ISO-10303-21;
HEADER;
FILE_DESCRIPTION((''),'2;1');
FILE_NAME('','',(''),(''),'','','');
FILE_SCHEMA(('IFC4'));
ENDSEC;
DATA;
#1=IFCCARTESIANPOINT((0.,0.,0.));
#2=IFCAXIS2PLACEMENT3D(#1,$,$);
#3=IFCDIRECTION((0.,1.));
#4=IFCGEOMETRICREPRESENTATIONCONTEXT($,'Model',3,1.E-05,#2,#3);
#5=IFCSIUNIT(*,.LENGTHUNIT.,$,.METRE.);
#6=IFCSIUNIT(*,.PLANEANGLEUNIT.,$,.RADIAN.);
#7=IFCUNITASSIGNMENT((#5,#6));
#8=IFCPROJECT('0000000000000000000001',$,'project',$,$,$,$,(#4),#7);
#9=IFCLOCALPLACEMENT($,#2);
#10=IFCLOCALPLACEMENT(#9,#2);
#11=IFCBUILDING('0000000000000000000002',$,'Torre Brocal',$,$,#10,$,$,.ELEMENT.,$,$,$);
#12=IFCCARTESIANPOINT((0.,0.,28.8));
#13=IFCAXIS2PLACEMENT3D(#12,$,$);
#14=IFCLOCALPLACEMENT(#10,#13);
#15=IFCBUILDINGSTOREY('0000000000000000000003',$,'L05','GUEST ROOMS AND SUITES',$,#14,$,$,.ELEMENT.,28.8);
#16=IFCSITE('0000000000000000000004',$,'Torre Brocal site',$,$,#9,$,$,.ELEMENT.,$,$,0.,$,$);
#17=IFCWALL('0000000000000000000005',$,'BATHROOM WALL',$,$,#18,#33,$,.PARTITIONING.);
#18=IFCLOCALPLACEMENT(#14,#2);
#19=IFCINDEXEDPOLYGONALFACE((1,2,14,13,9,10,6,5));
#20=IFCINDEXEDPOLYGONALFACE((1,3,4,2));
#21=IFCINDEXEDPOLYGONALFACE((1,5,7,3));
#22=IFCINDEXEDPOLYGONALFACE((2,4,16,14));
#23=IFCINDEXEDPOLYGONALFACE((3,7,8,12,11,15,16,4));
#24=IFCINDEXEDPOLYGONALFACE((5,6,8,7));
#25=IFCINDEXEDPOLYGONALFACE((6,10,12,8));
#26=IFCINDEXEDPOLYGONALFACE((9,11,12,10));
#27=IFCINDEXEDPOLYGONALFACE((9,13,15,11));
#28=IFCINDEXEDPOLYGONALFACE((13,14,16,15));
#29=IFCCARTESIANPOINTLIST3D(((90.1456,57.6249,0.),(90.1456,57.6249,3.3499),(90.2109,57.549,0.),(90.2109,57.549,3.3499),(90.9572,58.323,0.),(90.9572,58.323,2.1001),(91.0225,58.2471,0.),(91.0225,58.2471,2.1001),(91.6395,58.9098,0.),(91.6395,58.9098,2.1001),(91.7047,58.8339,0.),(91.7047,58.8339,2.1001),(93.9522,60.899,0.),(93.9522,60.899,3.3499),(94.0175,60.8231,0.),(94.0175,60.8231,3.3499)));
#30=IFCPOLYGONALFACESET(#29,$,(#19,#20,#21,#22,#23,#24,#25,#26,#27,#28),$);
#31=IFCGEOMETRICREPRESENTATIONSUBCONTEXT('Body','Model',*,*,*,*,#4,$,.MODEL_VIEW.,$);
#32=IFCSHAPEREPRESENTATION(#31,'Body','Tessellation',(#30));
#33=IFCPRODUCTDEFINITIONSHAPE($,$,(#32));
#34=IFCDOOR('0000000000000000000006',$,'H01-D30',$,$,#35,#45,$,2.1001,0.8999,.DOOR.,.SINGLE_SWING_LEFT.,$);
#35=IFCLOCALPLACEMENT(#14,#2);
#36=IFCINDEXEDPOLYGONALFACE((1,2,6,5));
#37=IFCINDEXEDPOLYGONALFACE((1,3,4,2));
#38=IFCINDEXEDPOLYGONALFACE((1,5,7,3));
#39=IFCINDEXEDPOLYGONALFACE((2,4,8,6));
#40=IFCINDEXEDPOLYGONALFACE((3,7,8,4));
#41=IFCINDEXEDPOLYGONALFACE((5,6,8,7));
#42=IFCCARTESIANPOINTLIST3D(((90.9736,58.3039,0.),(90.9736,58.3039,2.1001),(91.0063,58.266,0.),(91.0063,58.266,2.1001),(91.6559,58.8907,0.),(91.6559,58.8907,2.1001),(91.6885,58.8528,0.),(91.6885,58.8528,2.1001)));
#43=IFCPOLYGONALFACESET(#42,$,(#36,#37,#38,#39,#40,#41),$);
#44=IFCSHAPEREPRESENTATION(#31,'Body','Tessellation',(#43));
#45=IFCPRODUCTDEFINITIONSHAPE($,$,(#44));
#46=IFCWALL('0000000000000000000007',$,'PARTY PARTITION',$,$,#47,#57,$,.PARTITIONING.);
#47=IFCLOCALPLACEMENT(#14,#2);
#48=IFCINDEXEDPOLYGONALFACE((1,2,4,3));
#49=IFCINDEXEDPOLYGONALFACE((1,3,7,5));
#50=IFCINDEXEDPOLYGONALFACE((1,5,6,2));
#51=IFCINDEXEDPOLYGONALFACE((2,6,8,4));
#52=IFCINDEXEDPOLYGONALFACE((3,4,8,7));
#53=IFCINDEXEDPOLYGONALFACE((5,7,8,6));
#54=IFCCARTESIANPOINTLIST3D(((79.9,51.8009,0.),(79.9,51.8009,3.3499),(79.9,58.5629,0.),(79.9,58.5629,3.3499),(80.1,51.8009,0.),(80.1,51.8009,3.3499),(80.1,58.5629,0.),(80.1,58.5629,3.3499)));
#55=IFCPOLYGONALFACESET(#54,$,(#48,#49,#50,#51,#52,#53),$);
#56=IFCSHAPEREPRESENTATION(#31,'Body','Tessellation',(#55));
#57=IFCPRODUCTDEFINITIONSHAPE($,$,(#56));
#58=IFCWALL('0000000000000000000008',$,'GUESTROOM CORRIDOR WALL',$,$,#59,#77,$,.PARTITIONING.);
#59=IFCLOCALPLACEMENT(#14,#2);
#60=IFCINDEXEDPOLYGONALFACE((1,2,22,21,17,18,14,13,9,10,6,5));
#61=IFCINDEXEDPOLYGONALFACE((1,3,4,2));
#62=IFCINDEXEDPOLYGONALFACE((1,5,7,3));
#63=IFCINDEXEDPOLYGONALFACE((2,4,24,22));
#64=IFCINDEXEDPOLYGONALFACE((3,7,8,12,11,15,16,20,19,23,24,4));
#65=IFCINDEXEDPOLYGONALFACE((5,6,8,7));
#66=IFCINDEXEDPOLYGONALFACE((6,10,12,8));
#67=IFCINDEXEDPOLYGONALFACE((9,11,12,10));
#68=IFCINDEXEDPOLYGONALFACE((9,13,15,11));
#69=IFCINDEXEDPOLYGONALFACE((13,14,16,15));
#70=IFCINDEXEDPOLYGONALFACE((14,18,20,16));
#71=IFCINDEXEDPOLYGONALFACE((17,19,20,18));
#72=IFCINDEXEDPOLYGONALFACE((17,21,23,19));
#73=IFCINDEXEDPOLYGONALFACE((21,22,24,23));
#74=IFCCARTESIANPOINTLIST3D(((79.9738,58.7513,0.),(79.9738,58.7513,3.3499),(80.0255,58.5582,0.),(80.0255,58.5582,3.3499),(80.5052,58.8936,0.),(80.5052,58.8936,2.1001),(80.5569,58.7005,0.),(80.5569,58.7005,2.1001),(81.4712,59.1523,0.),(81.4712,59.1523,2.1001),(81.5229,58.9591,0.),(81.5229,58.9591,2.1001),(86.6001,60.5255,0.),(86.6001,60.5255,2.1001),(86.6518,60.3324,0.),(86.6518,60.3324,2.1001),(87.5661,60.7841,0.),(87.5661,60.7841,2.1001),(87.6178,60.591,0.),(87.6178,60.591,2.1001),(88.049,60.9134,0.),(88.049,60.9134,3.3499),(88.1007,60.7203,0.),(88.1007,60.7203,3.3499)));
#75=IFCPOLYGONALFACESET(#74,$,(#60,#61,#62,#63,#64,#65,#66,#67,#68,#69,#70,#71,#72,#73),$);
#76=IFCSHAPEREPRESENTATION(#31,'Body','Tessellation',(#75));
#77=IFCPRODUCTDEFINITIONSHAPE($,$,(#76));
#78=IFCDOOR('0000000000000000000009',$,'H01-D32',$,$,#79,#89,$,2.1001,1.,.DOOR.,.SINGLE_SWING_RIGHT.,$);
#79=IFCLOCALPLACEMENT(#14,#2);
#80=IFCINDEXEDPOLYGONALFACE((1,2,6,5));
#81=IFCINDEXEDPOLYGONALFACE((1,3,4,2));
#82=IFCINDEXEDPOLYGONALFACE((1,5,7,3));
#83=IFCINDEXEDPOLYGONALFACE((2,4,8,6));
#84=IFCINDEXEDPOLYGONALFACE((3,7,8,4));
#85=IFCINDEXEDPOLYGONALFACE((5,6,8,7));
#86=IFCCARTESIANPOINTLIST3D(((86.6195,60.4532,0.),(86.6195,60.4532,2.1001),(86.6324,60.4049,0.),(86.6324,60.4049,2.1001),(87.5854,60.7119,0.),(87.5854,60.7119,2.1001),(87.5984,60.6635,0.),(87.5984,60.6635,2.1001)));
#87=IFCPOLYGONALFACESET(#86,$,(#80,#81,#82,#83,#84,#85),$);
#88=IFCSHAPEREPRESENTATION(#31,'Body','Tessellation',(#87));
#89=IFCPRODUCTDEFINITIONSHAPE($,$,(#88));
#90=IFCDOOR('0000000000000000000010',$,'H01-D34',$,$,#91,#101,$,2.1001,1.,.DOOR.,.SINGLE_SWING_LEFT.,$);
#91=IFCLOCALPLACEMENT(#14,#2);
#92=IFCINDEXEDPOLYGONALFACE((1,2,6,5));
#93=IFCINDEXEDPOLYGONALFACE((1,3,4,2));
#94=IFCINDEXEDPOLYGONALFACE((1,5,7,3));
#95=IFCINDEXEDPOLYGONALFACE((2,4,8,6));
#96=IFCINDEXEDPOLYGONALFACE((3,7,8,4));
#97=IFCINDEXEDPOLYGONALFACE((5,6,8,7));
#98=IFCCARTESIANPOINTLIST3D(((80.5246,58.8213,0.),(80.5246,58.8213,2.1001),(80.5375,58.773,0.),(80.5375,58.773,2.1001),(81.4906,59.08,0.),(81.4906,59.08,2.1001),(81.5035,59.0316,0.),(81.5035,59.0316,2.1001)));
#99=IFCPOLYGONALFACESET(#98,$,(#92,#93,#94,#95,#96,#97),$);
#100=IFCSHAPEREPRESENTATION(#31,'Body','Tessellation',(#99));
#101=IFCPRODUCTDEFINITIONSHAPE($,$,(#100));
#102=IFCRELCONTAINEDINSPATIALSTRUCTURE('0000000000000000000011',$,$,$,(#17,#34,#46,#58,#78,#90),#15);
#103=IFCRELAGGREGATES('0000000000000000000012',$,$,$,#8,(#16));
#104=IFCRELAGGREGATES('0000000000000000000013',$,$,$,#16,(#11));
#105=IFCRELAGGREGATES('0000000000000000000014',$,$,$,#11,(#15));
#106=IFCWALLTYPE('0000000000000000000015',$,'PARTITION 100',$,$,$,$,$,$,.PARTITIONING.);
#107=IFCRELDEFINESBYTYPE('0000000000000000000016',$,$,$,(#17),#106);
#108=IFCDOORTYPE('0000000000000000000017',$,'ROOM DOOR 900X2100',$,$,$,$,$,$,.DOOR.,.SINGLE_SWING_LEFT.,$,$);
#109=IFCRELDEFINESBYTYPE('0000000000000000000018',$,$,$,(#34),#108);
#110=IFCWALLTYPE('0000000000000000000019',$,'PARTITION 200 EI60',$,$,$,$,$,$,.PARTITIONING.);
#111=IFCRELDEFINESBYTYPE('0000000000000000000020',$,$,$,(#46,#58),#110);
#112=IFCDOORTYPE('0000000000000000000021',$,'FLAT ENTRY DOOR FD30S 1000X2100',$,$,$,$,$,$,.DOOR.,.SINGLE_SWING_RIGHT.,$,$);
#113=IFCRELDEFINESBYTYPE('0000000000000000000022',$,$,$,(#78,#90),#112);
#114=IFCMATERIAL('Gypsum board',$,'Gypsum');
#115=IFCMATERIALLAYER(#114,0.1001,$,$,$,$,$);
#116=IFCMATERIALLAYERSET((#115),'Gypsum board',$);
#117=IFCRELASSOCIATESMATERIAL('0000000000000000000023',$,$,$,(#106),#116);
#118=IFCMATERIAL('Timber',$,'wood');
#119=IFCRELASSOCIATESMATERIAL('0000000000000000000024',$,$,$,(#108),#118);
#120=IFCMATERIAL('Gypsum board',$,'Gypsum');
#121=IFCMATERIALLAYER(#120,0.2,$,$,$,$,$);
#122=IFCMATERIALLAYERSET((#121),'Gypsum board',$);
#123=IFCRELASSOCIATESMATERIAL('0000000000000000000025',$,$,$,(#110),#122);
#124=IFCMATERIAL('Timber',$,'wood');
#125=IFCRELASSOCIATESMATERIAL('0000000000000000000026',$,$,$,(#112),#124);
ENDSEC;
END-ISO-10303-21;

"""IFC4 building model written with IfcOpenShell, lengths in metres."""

from ifc_helpers import new_model, si_unit, direction, frame, frame_2d, origin, place, context, subcontext, project, spatial, rectangle, extrude, material, layer, layer_set, type_object, element, fill, save


model = new_model("IFC4")

# Units and contexts
model_context = context("Model", 3, precision=1e-05, world=origin(), true_north=direction((0.0, 1.0)))
body_context = subcontext(model_context, "Body", "Model", "MODEL_VIEW")
ifc_project = project(units=[si_unit("LENGTHUNIT", "METRE"), si_unit("PLANEANGLEUNIT", "RADIAN")], contexts=[model_context])

# Site, building, storey
site_placement = place(None, origin())
site = spatial("IfcSite", under=ifc_project, at=site_placement, Name="Torre Brocal site", CompositionType="ELEMENT", RefElevation=0.0)
building_placement = place(site_placement, origin())
building = spatial("IfcBuilding", under=site, at=building_placement, Name="Torre Brocal", CompositionType="ELEMENT")
storey_placement = place(building_placement, frame((0.0, 0.0, 28.8)))
storey = spatial("IfcBuildingStorey", under=building, at=storey_placement, Name="L05", Description="GUEST ROOMS AND SUITES", CompositionType="ELEMENT", Elevation=28.8)

# Shared definitions
ifc_material_1 = material(Name="Gypsum board", Category="Gypsum")
ifc_layer_1 = layer(ifc_material_1, 0.1001)
ifc_layer_set_1 = layer_set([ifc_layer_1], Name="Gypsum board")
wall_type_1 = type_object("IfcWallType", Name="PARTITION 100", PredefinedType="PARTITIONING", material=ifc_layer_set_1)

# Wall, opening, door
wall_1_placement = place(storey_placement, frame((90.1782, 57.5869, 0.0), z_axis=(0.0, 0.0, 1.0), x_axis=(0.75814, 0.652092, 0.0)))
wall_1 = element("IfcWall", 1, at=wall_1_placement, inside=storey, type_object=wall_type_1, Name="BATHROOM WALL", PredefinedType="PARTITIONING", context=body_context, shape_type="SweptSolid", body=[
    extrude(rectangle(XDim=5.021, YDim=0.1001, at=frame_2d((2.5105, 0.0))), origin(), (0.0, 0.0, 1.0), 3.3499),
])
opening_1_placement = place(wall_1_placement, frame((1.0706, 0.0, 0.0)))
opening_1 = element("IfcOpeningElement", 2, at=opening_1_placement, cuts=wall_1, PredefinedType="OPENING", context=body_context, shape_type="SweptSolid", body=[
    extrude(rectangle(XDim=0.8999, YDim=2.1001, at=frame_2d((0.45, 1.05))), frame((0.0, 0.0601, 0.0), z_axis=(0.0, -1.0, 0.0), x_axis=(1.0, 0.0, 0.0)), (0.0, 0.0, 1.0), 0.1201),
])
ifc_material_2 = material(Name="Timber", Category="wood")
door_type_1 = type_object("IfcDoorType", Name="ROOM DOOR 900X2100", OperationType="SINGLE_SWING_LEFT", PredefinedType="DOOR", material=ifc_material_2)
door_1_placement = place(opening_1_placement, origin())
door_1 = element("IfcDoor", 3, at=door_1_placement, inside=storey, type_object=door_type_1, Name="H01-D30", OperationType="SINGLE_SWING_LEFT", OverallHeight=2.1001, OverallWidth=0.8999, PredefinedType="DOOR", context=body_context, shape_type="SweptSolid", body=[
    extrude(rectangle(XDim=0.8999, YDim=2.1001, at=frame_2d((0.45, 1.05))), frame((0.0, 0.0249, 0.0), z_axis=(0.0, -1.0, 0.0), x_axis=(1.0, 0.0, 0.0)), (0.0, 0.0, 1.0), 0.05),
])
fill(opening_1, door_1)

# Wall
ifc_material_3 = material(Name="Gypsum board", Category="Gypsum")
ifc_layer_2 = layer(ifc_material_3, 0.2)
ifc_layer_set_2 = layer_set([ifc_layer_2], Name="Gypsum board")
wall_type_2 = type_object("IfcWallType", Name="PARTITION 200 EI60", PredefinedType="PARTITIONING", material=ifc_layer_set_2)
wall_2_placement = place(storey_placement, frame((80.0, 51.801, 0.0), z_axis=(0.0, 0.0, 1.0), x_axis=(0.0, 1.0, 0.0)))
element("IfcWall", 4, at=wall_2_placement, inside=storey, type_object=wall_type_2, Name="PARTY PARTITION", PredefinedType="PARTITIONING", context=body_context, shape_type="SweptSolid", body=[
    extrude(rectangle(XDim=6.762, YDim=0.2, at=frame_2d((3.3809, 0.0))), origin(), (0.0, 0.0, 1.0), 3.3499),
])

# Wall, openings, doors
wall_3_placement = place(storey_placement, frame((79.9998, 58.6548, 0.0), z_axis=(0.0, 0.0, 1.0), x_axis=(0.965975, 0.258637, 0.0)))
wall_3 = element("IfcWall", 5, at=wall_3_placement, inside=storey, type_object=wall_type_2, Name="GUESTROOM CORRIDOR WALL", PredefinedType="PARTITIONING", context=body_context, shape_type="SweptSolid", body=[
    extrude(rectangle(XDim=8.3596, YDim=0.2, at=frame_2d((4.1797, 0.0))), origin(), (0.0, 0.0, 1.0), 3.3499),
])
opening_2_placement = place(wall_3_placement, frame((6.8596, 0.0, 0.0)))
opening_2 = element("IfcOpeningElement", 6, at=opening_2_placement, cuts=wall_3, PredefinedType="OPENING", context=body_context, shape_type="SweptSolid", body=[
    extrude(rectangle(XDim=1.0, YDim=2.1001, at=frame_2d((0.5, 1.05))), frame((0.0, 0.1099, 0.0), z_axis=(0.0, -1.0, 0.0), x_axis=(1.0, 0.0, 0.0)), (0.0, 0.0, 1.0), 0.22),
])
opening_3_placement = place(wall_3_placement, frame((0.55, 0.0, 0.0)))
opening_3 = element("IfcOpeningElement", 7, at=opening_3_placement, cuts=wall_3, PredefinedType="OPENING", context=body_context, shape_type="SweptSolid", body=[
    extrude(rectangle(XDim=1.0, YDim=2.1001, at=frame_2d((0.5, 1.05))), frame((0.0, 0.1099, 0.0), z_axis=(0.0, -1.0, 0.0), x_axis=(1.0, 0.0, 0.0)), (0.0, 0.0, 1.0), 0.22),
])
ifc_material_4 = material(Name="Timber", Category="wood")
door_type_2 = type_object("IfcDoorType", Name="FLAT ENTRY DOOR FD30S 1000X2100", OperationType="SINGLE_SWING_RIGHT", PredefinedType="DOOR", material=ifc_material_4)
door_2_placement = place(opening_2_placement, frame((1.0, 0.0, 0.0), z_axis=(0.0, 0.0, 1.0), x_axis=(-1.0, 0.0, 0.0)))
door_2 = element("IfcDoor", 8, at=door_2_placement, inside=storey, type_object=door_type_2, Name="H01-D32", OperationType="SINGLE_SWING_RIGHT", OverallHeight=2.1001, OverallWidth=1.0, PredefinedType="DOOR", context=body_context, shape_type="SweptSolid", body=[
    extrude(rectangle(XDim=1.0, YDim=2.1001, at=frame_2d((0.5, 1.05))), frame((0.0, 0.0249, 0.0), z_axis=(0.0, -1.0, 0.0), x_axis=(1.0, 0.0, 0.0)), (0.0, 0.0, 1.0), 0.05),
])
fill(opening_2, door_2)
door_3_placement = place(opening_3_placement, frame((1.0, 0.0, 0.0), z_axis=(0.0, 0.0, 1.0), x_axis=(-1.0, 0.0, 0.0)))
door_3 = element("IfcDoor", 9, at=door_3_placement, inside=storey, type_object=door_type_2, Name="H01-D34", OperationType="SINGLE_SWING_LEFT", OverallHeight=2.1001, OverallWidth=1.0, PredefinedType="DOOR", context=body_context, shape_type="SweptSolid", body=[
    extrude(rectangle(XDim=1.0, YDim=2.1001, at=frame_2d((0.5, 1.05))), frame((0.0, 0.0249, 0.0), z_axis=(0.0, -1.0, 0.0), x_axis=(1.0, 0.0, 0.0)), (0.0, 0.0, 1.0), 0.05),
])
fill(opening_3, door_3)

save(model, "model.ifc")
